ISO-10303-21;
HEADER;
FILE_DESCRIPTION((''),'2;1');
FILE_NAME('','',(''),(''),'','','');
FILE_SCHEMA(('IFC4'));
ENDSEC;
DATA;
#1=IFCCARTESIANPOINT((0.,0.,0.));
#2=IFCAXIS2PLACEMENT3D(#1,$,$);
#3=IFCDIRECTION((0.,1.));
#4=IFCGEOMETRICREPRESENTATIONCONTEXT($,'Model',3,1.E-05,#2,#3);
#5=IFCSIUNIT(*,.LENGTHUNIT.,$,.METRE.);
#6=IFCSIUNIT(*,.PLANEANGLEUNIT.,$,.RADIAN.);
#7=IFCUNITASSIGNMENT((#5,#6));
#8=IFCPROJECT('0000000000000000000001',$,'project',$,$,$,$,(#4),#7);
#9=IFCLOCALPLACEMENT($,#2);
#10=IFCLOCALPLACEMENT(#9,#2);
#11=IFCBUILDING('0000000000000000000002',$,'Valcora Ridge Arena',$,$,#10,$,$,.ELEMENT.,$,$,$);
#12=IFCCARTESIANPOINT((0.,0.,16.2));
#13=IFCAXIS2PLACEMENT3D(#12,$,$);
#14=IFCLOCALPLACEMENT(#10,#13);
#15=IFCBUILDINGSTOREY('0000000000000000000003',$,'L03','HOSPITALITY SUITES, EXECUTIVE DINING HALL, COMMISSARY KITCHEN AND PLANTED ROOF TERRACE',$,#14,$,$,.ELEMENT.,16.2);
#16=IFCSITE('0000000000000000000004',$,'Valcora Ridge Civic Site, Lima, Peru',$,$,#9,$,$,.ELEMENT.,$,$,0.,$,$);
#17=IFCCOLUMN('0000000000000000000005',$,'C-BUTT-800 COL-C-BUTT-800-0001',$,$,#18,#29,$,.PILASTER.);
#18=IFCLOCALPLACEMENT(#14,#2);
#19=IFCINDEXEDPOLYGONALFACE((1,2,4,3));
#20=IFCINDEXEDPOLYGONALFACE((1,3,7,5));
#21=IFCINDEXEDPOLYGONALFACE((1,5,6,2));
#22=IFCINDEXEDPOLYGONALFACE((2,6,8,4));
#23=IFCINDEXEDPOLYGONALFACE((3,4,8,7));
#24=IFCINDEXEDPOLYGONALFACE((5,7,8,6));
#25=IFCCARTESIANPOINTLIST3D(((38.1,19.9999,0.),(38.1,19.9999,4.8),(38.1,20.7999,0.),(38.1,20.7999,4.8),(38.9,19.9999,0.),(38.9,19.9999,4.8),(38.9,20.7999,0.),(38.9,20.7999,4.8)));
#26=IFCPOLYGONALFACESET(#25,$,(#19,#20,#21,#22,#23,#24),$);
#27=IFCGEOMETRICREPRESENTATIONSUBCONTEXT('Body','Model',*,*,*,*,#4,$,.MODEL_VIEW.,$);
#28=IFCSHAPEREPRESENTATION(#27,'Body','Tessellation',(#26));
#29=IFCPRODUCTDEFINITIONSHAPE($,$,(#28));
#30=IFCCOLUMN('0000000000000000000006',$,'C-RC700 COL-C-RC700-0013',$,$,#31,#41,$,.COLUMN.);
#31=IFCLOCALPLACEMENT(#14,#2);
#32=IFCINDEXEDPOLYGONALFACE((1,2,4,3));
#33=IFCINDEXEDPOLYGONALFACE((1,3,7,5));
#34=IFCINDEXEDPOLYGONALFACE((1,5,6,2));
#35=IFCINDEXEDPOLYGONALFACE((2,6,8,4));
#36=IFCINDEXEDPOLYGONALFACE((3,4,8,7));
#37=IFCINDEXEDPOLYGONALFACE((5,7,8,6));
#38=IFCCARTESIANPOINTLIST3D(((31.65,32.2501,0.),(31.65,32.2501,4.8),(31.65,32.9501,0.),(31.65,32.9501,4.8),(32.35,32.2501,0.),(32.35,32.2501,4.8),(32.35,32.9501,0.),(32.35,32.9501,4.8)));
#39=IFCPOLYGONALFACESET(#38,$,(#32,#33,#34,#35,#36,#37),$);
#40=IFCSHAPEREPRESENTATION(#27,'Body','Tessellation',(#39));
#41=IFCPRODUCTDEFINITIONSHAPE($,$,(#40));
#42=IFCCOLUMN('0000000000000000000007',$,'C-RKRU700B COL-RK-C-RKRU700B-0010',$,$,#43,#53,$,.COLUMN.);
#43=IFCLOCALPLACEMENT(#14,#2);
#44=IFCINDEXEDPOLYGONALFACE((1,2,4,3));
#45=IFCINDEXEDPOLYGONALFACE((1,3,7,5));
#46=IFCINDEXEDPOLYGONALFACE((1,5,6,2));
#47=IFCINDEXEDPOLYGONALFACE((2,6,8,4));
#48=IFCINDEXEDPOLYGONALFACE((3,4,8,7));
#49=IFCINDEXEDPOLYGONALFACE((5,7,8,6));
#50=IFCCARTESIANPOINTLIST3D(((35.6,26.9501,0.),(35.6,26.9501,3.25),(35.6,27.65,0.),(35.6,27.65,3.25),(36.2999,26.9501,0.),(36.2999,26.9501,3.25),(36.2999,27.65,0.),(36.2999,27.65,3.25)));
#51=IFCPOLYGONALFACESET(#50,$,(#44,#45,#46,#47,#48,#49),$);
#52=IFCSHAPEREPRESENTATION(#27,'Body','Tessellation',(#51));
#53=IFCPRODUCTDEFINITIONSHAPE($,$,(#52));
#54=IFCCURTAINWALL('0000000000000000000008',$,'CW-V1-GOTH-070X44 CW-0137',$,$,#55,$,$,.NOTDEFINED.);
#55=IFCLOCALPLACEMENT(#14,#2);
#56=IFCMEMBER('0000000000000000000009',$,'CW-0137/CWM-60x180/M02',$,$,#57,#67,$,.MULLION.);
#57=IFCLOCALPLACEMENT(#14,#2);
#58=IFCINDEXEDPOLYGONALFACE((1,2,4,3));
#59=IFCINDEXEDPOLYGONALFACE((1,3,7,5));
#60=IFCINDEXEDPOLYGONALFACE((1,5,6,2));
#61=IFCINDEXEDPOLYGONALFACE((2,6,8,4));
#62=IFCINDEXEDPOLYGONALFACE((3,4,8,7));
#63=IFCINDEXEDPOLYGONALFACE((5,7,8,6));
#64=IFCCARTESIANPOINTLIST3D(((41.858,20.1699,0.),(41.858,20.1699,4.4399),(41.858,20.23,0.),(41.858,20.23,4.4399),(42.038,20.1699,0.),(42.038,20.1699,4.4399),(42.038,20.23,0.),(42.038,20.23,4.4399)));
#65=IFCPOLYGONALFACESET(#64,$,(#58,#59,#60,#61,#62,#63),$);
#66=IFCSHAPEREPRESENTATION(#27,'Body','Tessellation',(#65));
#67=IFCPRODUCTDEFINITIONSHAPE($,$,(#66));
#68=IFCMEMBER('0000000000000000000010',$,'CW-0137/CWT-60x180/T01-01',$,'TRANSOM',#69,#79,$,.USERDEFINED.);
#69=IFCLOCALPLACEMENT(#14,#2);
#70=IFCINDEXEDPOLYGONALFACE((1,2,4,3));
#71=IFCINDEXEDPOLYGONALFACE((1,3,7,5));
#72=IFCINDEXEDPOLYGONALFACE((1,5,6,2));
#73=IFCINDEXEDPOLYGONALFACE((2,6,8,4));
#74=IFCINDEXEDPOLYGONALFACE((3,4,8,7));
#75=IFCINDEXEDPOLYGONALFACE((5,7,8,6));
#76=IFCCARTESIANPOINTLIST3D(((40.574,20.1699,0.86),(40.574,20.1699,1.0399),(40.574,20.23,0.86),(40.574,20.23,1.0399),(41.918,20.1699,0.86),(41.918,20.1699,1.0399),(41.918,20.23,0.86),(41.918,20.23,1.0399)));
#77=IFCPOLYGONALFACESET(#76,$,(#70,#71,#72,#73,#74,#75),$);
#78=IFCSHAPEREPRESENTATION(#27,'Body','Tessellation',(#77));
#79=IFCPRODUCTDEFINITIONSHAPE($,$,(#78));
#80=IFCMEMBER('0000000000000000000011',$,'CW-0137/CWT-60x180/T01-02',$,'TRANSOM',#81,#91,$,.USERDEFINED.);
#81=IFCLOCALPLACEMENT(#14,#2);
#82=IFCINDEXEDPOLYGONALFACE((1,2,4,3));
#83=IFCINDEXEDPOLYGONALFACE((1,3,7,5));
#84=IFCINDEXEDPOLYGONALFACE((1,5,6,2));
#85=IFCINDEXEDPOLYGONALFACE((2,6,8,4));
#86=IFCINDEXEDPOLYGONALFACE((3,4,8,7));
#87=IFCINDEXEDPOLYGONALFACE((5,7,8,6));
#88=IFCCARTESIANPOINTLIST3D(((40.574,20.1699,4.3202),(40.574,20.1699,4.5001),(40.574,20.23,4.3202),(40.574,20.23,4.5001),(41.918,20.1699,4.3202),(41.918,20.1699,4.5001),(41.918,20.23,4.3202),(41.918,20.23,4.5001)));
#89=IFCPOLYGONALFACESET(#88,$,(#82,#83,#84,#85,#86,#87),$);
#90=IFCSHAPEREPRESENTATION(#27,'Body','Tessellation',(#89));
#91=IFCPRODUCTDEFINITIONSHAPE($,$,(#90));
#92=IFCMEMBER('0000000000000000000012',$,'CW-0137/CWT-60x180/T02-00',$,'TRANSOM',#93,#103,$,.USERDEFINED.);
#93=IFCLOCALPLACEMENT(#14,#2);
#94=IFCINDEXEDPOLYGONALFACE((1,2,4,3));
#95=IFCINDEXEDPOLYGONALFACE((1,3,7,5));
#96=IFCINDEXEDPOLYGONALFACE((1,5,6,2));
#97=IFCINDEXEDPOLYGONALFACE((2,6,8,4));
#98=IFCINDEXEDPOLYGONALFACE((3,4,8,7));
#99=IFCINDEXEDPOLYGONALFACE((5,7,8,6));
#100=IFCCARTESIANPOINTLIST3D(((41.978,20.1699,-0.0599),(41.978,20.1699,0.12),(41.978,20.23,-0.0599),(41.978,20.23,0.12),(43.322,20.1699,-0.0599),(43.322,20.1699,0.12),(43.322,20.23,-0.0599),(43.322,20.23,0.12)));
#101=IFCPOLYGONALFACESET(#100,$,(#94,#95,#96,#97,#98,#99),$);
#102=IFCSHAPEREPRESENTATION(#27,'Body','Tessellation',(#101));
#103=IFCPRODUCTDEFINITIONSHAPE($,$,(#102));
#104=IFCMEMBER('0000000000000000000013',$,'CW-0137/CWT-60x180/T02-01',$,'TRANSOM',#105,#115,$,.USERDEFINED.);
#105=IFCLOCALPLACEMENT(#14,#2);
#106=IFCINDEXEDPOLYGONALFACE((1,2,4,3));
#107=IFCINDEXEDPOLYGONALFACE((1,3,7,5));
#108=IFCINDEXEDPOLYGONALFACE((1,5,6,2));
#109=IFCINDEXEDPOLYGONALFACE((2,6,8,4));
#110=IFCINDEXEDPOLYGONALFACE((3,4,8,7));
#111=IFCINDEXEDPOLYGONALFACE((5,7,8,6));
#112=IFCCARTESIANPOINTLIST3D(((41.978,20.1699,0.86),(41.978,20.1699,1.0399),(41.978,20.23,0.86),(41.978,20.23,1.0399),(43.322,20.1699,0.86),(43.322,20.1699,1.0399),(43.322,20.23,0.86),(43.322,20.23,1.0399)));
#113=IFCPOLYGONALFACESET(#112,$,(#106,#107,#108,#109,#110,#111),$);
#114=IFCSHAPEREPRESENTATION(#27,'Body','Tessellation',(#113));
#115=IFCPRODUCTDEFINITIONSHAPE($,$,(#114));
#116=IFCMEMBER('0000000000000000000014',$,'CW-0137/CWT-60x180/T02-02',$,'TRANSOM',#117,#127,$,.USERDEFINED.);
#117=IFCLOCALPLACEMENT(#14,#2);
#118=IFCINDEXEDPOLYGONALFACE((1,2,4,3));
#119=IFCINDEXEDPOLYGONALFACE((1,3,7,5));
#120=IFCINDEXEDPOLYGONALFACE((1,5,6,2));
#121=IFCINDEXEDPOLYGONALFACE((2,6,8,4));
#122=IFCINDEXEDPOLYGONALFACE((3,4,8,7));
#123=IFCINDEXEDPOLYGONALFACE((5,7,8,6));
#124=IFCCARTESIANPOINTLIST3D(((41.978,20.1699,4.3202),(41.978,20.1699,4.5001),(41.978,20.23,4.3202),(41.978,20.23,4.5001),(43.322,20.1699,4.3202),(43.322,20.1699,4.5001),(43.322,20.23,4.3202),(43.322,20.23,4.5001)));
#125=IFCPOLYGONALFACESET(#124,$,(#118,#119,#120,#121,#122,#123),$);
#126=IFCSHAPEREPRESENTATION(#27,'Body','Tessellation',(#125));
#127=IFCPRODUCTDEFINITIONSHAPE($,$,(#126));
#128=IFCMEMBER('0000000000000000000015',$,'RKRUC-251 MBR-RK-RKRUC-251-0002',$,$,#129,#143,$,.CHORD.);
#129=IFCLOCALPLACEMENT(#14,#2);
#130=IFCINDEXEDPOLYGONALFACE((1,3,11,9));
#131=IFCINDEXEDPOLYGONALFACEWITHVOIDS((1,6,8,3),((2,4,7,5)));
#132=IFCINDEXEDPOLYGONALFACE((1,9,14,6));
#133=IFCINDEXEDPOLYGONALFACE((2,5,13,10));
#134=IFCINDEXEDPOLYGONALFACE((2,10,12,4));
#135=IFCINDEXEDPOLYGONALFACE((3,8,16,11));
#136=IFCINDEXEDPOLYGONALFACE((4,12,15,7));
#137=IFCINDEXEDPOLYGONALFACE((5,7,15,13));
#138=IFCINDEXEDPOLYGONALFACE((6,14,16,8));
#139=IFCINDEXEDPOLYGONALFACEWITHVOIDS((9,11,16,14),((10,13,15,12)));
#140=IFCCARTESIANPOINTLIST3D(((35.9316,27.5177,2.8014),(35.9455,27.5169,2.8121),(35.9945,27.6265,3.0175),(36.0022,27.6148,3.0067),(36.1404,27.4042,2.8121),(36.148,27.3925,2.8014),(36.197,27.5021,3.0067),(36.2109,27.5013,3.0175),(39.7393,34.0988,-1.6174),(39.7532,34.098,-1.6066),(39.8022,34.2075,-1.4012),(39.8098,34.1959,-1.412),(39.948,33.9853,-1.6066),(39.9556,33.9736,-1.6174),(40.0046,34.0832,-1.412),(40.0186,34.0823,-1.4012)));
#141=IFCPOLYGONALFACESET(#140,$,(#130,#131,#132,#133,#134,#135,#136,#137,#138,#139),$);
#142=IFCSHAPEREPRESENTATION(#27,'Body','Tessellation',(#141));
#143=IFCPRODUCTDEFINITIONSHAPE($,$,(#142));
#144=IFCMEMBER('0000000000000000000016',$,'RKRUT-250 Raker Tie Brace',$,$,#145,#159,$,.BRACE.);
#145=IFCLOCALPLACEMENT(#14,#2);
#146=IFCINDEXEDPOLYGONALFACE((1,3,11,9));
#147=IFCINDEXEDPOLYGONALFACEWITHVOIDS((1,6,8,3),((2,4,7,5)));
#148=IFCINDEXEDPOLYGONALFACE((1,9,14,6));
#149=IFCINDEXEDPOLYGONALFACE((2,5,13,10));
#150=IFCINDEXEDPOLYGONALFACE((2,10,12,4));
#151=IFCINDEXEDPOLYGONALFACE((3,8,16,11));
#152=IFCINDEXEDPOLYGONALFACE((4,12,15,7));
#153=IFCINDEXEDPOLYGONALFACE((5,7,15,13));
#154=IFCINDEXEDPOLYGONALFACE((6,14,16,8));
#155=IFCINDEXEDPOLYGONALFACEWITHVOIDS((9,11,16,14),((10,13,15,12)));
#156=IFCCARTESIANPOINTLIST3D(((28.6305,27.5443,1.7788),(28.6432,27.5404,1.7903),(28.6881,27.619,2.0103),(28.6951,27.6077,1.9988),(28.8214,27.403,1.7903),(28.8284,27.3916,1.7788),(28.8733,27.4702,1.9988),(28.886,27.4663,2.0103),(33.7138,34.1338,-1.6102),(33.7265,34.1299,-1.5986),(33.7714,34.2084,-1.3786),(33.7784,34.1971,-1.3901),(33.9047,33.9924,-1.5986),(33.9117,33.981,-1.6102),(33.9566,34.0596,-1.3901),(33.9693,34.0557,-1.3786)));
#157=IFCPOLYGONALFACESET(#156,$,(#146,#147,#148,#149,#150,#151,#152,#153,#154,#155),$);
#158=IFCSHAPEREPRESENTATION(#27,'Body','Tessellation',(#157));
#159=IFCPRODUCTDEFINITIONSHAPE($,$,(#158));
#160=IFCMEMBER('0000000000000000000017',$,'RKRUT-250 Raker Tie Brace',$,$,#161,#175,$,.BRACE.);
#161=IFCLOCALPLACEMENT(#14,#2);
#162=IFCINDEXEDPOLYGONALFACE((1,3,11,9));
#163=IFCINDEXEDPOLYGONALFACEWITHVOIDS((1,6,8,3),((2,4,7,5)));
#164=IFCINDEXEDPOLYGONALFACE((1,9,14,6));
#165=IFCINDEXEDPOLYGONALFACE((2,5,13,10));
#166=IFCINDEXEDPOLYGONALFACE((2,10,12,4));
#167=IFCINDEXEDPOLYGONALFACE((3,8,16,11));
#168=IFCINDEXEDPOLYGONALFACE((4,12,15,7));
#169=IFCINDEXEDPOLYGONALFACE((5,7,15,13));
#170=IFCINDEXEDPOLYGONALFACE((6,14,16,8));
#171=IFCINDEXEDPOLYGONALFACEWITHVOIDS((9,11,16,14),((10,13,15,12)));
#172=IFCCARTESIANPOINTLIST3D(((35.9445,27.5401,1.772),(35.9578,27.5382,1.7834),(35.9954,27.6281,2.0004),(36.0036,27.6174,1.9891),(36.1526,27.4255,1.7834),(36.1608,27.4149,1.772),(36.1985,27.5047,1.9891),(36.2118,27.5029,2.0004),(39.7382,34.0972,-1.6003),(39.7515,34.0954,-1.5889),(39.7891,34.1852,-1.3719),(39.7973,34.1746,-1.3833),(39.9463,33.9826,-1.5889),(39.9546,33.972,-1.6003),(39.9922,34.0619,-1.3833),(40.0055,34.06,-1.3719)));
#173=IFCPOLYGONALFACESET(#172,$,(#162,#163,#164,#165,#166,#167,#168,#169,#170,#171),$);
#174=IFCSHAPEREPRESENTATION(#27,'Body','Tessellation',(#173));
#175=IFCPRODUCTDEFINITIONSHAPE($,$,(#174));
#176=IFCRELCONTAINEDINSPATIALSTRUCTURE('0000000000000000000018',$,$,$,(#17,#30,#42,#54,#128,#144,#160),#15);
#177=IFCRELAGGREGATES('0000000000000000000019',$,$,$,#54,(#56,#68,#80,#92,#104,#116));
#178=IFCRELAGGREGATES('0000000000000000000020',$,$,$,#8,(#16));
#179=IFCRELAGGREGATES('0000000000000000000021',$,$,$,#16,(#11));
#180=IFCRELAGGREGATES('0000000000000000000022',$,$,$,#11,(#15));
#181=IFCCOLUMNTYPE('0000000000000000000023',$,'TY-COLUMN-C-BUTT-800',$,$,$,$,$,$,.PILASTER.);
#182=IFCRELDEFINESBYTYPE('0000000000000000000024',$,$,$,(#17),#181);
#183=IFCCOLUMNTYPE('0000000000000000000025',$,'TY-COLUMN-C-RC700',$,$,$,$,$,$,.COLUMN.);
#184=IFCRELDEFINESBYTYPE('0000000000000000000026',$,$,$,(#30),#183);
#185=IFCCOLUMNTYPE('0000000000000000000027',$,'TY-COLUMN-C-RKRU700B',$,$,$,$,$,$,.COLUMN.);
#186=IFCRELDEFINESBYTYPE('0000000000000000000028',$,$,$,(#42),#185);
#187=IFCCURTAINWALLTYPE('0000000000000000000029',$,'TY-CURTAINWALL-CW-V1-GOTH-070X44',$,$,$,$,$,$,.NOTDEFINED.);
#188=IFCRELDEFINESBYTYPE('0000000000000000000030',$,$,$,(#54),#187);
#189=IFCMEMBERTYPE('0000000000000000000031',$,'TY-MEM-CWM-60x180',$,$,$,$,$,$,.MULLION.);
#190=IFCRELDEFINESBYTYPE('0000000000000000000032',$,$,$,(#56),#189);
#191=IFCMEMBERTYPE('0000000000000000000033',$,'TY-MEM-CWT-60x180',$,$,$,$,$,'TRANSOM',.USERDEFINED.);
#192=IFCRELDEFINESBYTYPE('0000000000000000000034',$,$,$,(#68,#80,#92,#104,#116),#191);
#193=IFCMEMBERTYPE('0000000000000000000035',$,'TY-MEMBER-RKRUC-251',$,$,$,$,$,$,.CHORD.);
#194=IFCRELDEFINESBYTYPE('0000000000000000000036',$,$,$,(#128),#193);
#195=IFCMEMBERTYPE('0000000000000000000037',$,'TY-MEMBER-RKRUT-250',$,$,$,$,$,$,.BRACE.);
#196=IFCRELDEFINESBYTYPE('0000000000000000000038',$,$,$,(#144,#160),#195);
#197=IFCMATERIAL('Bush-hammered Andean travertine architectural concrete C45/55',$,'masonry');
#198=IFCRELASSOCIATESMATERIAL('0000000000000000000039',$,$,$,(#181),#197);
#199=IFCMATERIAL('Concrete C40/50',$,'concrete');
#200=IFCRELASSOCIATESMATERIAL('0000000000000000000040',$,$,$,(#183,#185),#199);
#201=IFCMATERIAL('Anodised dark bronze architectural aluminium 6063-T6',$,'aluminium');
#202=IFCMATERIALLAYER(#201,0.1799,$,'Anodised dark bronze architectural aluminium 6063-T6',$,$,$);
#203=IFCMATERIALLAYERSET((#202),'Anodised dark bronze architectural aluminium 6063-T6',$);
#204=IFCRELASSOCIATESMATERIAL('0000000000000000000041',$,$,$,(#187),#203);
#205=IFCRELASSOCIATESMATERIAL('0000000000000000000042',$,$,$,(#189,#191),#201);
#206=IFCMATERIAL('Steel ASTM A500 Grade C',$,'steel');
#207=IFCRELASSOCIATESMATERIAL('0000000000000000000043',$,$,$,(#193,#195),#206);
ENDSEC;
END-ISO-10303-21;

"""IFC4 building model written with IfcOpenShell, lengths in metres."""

from ifc_helpers import new_model, si_unit, direction, frame, origin, origin_2d, place, context, subcontext, project, spatial, rectangle, hollow_rectangle, extrude, material, layer, layer_set, material_profile, profile_set, type_object, element, aggregate, save


model = new_model("IFC4")

# Units and contexts
model_context = context("Model", 3, precision=1e-05, world=origin(), true_north=direction((0.0, 1.0)))
body_context = subcontext(model_context, "Body", "Model", "MODEL_VIEW")
ifc_project = project(units=[si_unit("LENGTHUNIT", "METRE"), si_unit("PLANEANGLEUNIT", "RADIAN")], contexts=[model_context])

# Site, building, storey
site_placement = place(None, origin())
site = spatial("IfcSite", under=ifc_project, at=site_placement, Name="Valcora Ridge Civic Site, Lima, Peru", CompositionType="ELEMENT", RefElevation=0.0)
building_placement = place(site_placement, origin())
building = spatial("IfcBuilding", under=site, at=building_placement, Name="Valcora Ridge Arena", CompositionType="ELEMENT")
storey_placement = place(building_placement, frame((0.0, 0.0, 16.2)))
storey = spatial("IfcBuildingStorey", under=building, at=storey_placement, Name="L03", Description="HOSPITALITY SUITES, EXECUTIVE DINING HALL, COMMISSARY KITCHEN AND PLANTED ROOF TERRACE", CompositionType="ELEMENT", Elevation=16.2)

# Columns
ifc_material_1 = material(Name="Bush-hammered Andean travertine architectural concrete C45/55", Category="masonry")
ifc_material_profile_1 = material_profile(ifc_material_1, rectangle(XDim=0.8, YDim=0.8, at=origin_2d()), Name="RC 800x800")
ifc_profile_set_1 = profile_set([ifc_material_profile_1], Name="Bush-hammered Andean travertine architectural concrete C45/55")
column_type_1 = type_object("IfcColumnType", Name="TY-COLUMN-C-BUTT-800", PredefinedType="PILASTER", material=ifc_profile_set_1)
column_1_placement = place(storey_placement, frame((38.5, 20.3999, 0.0), z_axis=(0.0, 0.0, 1.0), x_axis=(1.0, 0.0, 0.0)))
element("IfcColumn", 1, at=column_1_placement, inside=storey, type_object=column_type_1, Name="C-BUTT-800 COL-C-BUTT-800-0001", PredefinedType="PILASTER", context=body_context, shape_type="SweptSolid", body=[
    extrude(rectangle(XDim=0.8, YDim=0.8, at=origin_2d()), origin(), (0.0, 0.0, 1.0), 4.8),
])
ifc_material_2 = material(Name="Concrete C40/50", Category="concrete")
ifc_material_profile_2 = material_profile(ifc_material_2, rectangle(XDim=0.7, YDim=0.7, at=origin_2d()), Name="RC 700x700")
ifc_profile_set_2 = profile_set([ifc_material_profile_2], Name="Concrete C40/50")
column_type_2 = type_object("IfcColumnType", Name="TY-COLUMN-C-RC700", PredefinedType="COLUMN", material=ifc_profile_set_2)
column_2_placement = place(storey_placement, frame((32.0, 32.6001, 0.0), z_axis=(0.0, 0.0, 1.0), x_axis=(1.0, 0.0, 0.0)))
element("IfcColumn", 2, at=column_2_placement, inside=storey, type_object=column_type_2, Name="C-RC700 COL-C-RC700-0013", PredefinedType="COLUMN", context=body_context, shape_type="SweptSolid", body=[
    extrude(rectangle(XDim=0.7, YDim=0.7, at=origin_2d()), origin(), (0.0, 0.0, 1.0), 4.8),
])
ifc_material_profile_3 = material_profile(ifc_material_2, rectangle(XDim=0.7, YDim=0.7, at=origin_2d()), Name="RC 700x700")
ifc_profile_set_3 = profile_set([ifc_material_profile_3], Name="Concrete C40/50")
column_type_3 = type_object("IfcColumnType", Name="TY-COLUMN-C-RKRU700B", PredefinedType="COLUMN", material=ifc_profile_set_3)
column_3_placement = place(storey_placement, frame((35.95, 27.3, 0.0), z_axis=(0.0, 0.0, 1.0), x_axis=(1.0, 0.0, 0.0)))
element("IfcColumn", 3, at=column_3_placement, inside=storey, type_object=column_type_3, Name="C-RKRU700B COL-RK-C-RKRU700B-0010", PredefinedType="COLUMN", context=body_context, shape_type="SweptSolid", body=[
    extrude(rectangle(XDim=0.7, YDim=0.7, at=origin_2d()), origin(), (0.0, 0.0, 1.0), 3.25),
])

# Curtain wall, members
ifc_material_3 = material(Name="Anodised dark bronze architectural aluminium 6063-T6", Category="aluminium")
ifc_layer_1 = layer(ifc_material_3, 0.1799, Name="Anodised dark bronze architectural aluminium 6063-T6")
ifc_layer_set_1 = layer_set([ifc_layer_1], Name="Anodised dark bronze architectural aluminium 6063-T6")
curtain_wall_type = type_object("IfcCurtainWallType", Name="TY-CURTAINWALL-CW-V1-GOTH-070X44", PredefinedType="NOTDEFINED", material=ifc_layer_set_1)
curtain_wall_placement = place(storey_placement, origin())
curtain_wall = element("IfcCurtainWall", 4, at=curtain_wall_placement, inside=storey, type_object=curtain_wall_type, Name="CW-V1-GOTH-070X44 CW-0137", PredefinedType="NOTDEFINED")
ifc_material_profile_4 = material_profile(ifc_material_3, rectangle(XDim=0.0601, YDim=0.1799, at=origin_2d()), Name="ALU MULLION 60x180")
ifc_profile_set_4 = profile_set([ifc_material_profile_4], Name="Anodised dark bronze architectural aluminium 6063-T6")
member_type_1 = type_object("IfcMemberType", Name="TY-MEM-CWM-60x180", PredefinedType="MULLION", material=ifc_profile_set_4)
member_1_placement = place(storey_placement, frame((41.948, 20.2, 0.0), z_axis=(0.0, 0.0, 1.0), x_axis=(0.0, 1.0, 0.0)))
member_1 = element("IfcMember", 5, at=member_1_placement, type_object=member_type_1, Name="CW-0137/CWM-60x180/M02", PredefinedType="MULLION", context=body_context, shape_type="SweptSolid", body=[
    extrude(rectangle(XDim=0.0601, YDim=0.1799, at=origin_2d()), origin(), (0.0, 0.0, 1.0), 4.4399),
])
ifc_material_profile_5 = material_profile(ifc_material_3, rectangle(XDim=0.0601, YDim=0.1799, at=origin_2d()), Name="ALU TRANSOM 60x180")
ifc_profile_set_5 = profile_set([ifc_material_profile_5], Name="Anodised dark bronze architectural aluminium 6063-T6")
member_type_2 = type_object("IfcMemberType", Name="TY-MEM-CWT-60x180", ElementType="TRANSOM", PredefinedType="USERDEFINED", material=ifc_profile_set_5)
member_2_placement = place(storey_placement, frame((40.574, 20.2, 0.95), z_axis=(1.0, 0.0, 0.0), x_axis=(0.0, 1.0, 0.0)))
member_2 = element("IfcMember", 6, at=member_2_placement, type_object=member_type_2, Name="CW-0137/CWT-60x180/T01-01", ObjectType="TRANSOM", PredefinedType="USERDEFINED", context=body_context, shape_type="SweptSolid", body=[
    extrude(rectangle(XDim=0.0601, YDim=0.1799, at=origin_2d()), origin(), (0.0, 0.0, 1.0), 1.344),
])
member_3_placement = place(storey_placement, frame((40.574, 20.2, 4.4102), z_axis=(1.0, 0.0, 0.0), x_axis=(0.0, 1.0, 0.0)))
member_3 = element("IfcMember", 7, at=member_3_placement, type_object=member_type_2, Name="CW-0137/CWT-60x180/T01-02", ObjectType="TRANSOM", PredefinedType="USERDEFINED", context=body_context, shape_type="SweptSolid", body=[
    extrude(rectangle(XDim=0.0601, YDim=0.1799, at=origin_2d()), origin(), (0.0, 0.0, 1.0), 1.344),
])
member_4_placement = place(storey_placement, frame((41.978, 20.2, 0.03), z_axis=(1.0, 0.0, 0.0), x_axis=(0.0, 1.0, 0.0)))
member_4 = element("IfcMember", 8, at=member_4_placement, type_object=member_type_2, Name="CW-0137/CWT-60x180/T02-00", ObjectType="TRANSOM", PredefinedType="USERDEFINED", context=body_context, shape_type="SweptSolid", body=[
    extrude(rectangle(XDim=0.0601, YDim=0.1799, at=origin_2d()), origin(), (0.0, 0.0, 1.0), 1.344),
])
member_5_placement = place(storey_placement, frame((41.978, 20.2, 0.95), z_axis=(1.0, 0.0, 0.0), x_axis=(0.0, 1.0, 0.0)))
member_5 = element("IfcMember", 9, at=member_5_placement, type_object=member_type_2, Name="CW-0137/CWT-60x180/T02-01", ObjectType="TRANSOM", PredefinedType="USERDEFINED", context=body_context, shape_type="SweptSolid", body=[
    extrude(rectangle(XDim=0.0601, YDim=0.1799, at=origin_2d()), origin(), (0.0, 0.0, 1.0), 1.344),
])
member_6_placement = place(storey_placement, frame((41.978, 20.2, 4.4102), z_axis=(1.0, 0.0, 0.0), x_axis=(0.0, 1.0, 0.0)))
member_6 = element("IfcMember", 10, at=member_6_placement, type_object=member_type_2, Name="CW-0137/CWT-60x180/T02-02", ObjectType="TRANSOM", PredefinedType="USERDEFINED", context=body_context, shape_type="SweptSolid", body=[
    extrude(rectangle(XDim=0.0601, YDim=0.1799, at=origin_2d()), origin(), (0.0, 0.0, 1.0), 1.344),
])

# Members
ifc_material_4 = material(Name="Steel ASTM A500 Grade C", Category="steel")
ifc_material_profile_6 = material_profile(ifc_material_4, hollow_rectangle(XDim=0.25, YDim=0.25, WallThickness=0.0125, at=origin_2d()), Name="HSS250X250X12")
ifc_profile_set_6 = profile_set([ifc_material_profile_6], Name="Steel ASTM A500 Grade C")
member_type_3 = type_object("IfcMemberType", Name="TY-MEMBER-RKRUC-251", PredefinedType="CHORD", material=ifc_profile_set_6)
member_7_placement = place(storey_placement, frame((39.8789, 34.0906, -1.5093), z_axis=(-0.432983, -0.748364, 0.502472), x_axis=(0.865567, -0.500793, 0.0)))
element("IfcMember", 11, at=member_7_placement, inside=storey, type_object=member_type_3, Name="RKRUC-251 MBR-RK-RKRUC-251-0002", PredefinedType="CHORD", context=body_context, shape_type="SweptSolid", body=[
    extrude(hollow_rectangle(XDim=0.25, YDim=0.25, WallThickness=0.0125, at=origin_2d()), origin(), (0.0, 0.0, 1.0), 8.7939),
])
ifc_material_profile_7 = material_profile(ifc_material_4, hollow_rectangle(XDim=0.25, YDim=0.25, WallThickness=0.0125, at=origin_2d()), Name="HSS250X250X12")
ifc_profile_set_7 = profile_set([ifc_material_profile_7], Name="Steel ASTM A500 Grade C")
member_type_4 = type_object("IfcMemberType", Name="TY-MEMBER-RKRUT-250", PredefinedType="BRACE", material=ifc_profile_set_7)
member_8_placement = place(storey_placement, frame((33.8416, 34.0947, -1.4944), z_axis=(-0.565701, -0.733311, 0.377143), x_axis=(0.79178, -0.610806, 0.0)))
element("IfcMember", 12, at=member_8_placement, inside=storey, type_object=member_type_4, Name="RKRUT-250 Raker Tie Brace", PredefinedType="BRACE", context=body_context, shape_type="SweptSolid", body=[
    extrude(hollow_rectangle(XDim=0.25, YDim=0.25, WallThickness=0.0125, at=origin_2d()), origin(), (0.0, 0.0, 1.0), 8.9858),
])
member_9_placement = place(storey_placement, frame((39.8718, 34.0786, -1.4861), z_axis=(-0.457502, -0.790758, 0.406685), x_axis=(0.865571, -0.500786, 0.0)))
element("IfcMember", 13, at=member_9_placement, inside=storey, type_object=member_type_4, Name="RKRUT-250 Raker Tie Brace", PredefinedType="BRACE", context=body_context, shape_type="SweptSolid", body=[
    extrude(hollow_rectangle(XDim=0.25, YDim=0.25, WallThickness=0.0125, at=origin_2d()), origin(), (0.0, 0.0, 1.0), 8.2922),
])

aggregate(curtain_wall, [member_1, member_2, member_3, member_4, member_5, member_6])

save(model, "model.ifc")
